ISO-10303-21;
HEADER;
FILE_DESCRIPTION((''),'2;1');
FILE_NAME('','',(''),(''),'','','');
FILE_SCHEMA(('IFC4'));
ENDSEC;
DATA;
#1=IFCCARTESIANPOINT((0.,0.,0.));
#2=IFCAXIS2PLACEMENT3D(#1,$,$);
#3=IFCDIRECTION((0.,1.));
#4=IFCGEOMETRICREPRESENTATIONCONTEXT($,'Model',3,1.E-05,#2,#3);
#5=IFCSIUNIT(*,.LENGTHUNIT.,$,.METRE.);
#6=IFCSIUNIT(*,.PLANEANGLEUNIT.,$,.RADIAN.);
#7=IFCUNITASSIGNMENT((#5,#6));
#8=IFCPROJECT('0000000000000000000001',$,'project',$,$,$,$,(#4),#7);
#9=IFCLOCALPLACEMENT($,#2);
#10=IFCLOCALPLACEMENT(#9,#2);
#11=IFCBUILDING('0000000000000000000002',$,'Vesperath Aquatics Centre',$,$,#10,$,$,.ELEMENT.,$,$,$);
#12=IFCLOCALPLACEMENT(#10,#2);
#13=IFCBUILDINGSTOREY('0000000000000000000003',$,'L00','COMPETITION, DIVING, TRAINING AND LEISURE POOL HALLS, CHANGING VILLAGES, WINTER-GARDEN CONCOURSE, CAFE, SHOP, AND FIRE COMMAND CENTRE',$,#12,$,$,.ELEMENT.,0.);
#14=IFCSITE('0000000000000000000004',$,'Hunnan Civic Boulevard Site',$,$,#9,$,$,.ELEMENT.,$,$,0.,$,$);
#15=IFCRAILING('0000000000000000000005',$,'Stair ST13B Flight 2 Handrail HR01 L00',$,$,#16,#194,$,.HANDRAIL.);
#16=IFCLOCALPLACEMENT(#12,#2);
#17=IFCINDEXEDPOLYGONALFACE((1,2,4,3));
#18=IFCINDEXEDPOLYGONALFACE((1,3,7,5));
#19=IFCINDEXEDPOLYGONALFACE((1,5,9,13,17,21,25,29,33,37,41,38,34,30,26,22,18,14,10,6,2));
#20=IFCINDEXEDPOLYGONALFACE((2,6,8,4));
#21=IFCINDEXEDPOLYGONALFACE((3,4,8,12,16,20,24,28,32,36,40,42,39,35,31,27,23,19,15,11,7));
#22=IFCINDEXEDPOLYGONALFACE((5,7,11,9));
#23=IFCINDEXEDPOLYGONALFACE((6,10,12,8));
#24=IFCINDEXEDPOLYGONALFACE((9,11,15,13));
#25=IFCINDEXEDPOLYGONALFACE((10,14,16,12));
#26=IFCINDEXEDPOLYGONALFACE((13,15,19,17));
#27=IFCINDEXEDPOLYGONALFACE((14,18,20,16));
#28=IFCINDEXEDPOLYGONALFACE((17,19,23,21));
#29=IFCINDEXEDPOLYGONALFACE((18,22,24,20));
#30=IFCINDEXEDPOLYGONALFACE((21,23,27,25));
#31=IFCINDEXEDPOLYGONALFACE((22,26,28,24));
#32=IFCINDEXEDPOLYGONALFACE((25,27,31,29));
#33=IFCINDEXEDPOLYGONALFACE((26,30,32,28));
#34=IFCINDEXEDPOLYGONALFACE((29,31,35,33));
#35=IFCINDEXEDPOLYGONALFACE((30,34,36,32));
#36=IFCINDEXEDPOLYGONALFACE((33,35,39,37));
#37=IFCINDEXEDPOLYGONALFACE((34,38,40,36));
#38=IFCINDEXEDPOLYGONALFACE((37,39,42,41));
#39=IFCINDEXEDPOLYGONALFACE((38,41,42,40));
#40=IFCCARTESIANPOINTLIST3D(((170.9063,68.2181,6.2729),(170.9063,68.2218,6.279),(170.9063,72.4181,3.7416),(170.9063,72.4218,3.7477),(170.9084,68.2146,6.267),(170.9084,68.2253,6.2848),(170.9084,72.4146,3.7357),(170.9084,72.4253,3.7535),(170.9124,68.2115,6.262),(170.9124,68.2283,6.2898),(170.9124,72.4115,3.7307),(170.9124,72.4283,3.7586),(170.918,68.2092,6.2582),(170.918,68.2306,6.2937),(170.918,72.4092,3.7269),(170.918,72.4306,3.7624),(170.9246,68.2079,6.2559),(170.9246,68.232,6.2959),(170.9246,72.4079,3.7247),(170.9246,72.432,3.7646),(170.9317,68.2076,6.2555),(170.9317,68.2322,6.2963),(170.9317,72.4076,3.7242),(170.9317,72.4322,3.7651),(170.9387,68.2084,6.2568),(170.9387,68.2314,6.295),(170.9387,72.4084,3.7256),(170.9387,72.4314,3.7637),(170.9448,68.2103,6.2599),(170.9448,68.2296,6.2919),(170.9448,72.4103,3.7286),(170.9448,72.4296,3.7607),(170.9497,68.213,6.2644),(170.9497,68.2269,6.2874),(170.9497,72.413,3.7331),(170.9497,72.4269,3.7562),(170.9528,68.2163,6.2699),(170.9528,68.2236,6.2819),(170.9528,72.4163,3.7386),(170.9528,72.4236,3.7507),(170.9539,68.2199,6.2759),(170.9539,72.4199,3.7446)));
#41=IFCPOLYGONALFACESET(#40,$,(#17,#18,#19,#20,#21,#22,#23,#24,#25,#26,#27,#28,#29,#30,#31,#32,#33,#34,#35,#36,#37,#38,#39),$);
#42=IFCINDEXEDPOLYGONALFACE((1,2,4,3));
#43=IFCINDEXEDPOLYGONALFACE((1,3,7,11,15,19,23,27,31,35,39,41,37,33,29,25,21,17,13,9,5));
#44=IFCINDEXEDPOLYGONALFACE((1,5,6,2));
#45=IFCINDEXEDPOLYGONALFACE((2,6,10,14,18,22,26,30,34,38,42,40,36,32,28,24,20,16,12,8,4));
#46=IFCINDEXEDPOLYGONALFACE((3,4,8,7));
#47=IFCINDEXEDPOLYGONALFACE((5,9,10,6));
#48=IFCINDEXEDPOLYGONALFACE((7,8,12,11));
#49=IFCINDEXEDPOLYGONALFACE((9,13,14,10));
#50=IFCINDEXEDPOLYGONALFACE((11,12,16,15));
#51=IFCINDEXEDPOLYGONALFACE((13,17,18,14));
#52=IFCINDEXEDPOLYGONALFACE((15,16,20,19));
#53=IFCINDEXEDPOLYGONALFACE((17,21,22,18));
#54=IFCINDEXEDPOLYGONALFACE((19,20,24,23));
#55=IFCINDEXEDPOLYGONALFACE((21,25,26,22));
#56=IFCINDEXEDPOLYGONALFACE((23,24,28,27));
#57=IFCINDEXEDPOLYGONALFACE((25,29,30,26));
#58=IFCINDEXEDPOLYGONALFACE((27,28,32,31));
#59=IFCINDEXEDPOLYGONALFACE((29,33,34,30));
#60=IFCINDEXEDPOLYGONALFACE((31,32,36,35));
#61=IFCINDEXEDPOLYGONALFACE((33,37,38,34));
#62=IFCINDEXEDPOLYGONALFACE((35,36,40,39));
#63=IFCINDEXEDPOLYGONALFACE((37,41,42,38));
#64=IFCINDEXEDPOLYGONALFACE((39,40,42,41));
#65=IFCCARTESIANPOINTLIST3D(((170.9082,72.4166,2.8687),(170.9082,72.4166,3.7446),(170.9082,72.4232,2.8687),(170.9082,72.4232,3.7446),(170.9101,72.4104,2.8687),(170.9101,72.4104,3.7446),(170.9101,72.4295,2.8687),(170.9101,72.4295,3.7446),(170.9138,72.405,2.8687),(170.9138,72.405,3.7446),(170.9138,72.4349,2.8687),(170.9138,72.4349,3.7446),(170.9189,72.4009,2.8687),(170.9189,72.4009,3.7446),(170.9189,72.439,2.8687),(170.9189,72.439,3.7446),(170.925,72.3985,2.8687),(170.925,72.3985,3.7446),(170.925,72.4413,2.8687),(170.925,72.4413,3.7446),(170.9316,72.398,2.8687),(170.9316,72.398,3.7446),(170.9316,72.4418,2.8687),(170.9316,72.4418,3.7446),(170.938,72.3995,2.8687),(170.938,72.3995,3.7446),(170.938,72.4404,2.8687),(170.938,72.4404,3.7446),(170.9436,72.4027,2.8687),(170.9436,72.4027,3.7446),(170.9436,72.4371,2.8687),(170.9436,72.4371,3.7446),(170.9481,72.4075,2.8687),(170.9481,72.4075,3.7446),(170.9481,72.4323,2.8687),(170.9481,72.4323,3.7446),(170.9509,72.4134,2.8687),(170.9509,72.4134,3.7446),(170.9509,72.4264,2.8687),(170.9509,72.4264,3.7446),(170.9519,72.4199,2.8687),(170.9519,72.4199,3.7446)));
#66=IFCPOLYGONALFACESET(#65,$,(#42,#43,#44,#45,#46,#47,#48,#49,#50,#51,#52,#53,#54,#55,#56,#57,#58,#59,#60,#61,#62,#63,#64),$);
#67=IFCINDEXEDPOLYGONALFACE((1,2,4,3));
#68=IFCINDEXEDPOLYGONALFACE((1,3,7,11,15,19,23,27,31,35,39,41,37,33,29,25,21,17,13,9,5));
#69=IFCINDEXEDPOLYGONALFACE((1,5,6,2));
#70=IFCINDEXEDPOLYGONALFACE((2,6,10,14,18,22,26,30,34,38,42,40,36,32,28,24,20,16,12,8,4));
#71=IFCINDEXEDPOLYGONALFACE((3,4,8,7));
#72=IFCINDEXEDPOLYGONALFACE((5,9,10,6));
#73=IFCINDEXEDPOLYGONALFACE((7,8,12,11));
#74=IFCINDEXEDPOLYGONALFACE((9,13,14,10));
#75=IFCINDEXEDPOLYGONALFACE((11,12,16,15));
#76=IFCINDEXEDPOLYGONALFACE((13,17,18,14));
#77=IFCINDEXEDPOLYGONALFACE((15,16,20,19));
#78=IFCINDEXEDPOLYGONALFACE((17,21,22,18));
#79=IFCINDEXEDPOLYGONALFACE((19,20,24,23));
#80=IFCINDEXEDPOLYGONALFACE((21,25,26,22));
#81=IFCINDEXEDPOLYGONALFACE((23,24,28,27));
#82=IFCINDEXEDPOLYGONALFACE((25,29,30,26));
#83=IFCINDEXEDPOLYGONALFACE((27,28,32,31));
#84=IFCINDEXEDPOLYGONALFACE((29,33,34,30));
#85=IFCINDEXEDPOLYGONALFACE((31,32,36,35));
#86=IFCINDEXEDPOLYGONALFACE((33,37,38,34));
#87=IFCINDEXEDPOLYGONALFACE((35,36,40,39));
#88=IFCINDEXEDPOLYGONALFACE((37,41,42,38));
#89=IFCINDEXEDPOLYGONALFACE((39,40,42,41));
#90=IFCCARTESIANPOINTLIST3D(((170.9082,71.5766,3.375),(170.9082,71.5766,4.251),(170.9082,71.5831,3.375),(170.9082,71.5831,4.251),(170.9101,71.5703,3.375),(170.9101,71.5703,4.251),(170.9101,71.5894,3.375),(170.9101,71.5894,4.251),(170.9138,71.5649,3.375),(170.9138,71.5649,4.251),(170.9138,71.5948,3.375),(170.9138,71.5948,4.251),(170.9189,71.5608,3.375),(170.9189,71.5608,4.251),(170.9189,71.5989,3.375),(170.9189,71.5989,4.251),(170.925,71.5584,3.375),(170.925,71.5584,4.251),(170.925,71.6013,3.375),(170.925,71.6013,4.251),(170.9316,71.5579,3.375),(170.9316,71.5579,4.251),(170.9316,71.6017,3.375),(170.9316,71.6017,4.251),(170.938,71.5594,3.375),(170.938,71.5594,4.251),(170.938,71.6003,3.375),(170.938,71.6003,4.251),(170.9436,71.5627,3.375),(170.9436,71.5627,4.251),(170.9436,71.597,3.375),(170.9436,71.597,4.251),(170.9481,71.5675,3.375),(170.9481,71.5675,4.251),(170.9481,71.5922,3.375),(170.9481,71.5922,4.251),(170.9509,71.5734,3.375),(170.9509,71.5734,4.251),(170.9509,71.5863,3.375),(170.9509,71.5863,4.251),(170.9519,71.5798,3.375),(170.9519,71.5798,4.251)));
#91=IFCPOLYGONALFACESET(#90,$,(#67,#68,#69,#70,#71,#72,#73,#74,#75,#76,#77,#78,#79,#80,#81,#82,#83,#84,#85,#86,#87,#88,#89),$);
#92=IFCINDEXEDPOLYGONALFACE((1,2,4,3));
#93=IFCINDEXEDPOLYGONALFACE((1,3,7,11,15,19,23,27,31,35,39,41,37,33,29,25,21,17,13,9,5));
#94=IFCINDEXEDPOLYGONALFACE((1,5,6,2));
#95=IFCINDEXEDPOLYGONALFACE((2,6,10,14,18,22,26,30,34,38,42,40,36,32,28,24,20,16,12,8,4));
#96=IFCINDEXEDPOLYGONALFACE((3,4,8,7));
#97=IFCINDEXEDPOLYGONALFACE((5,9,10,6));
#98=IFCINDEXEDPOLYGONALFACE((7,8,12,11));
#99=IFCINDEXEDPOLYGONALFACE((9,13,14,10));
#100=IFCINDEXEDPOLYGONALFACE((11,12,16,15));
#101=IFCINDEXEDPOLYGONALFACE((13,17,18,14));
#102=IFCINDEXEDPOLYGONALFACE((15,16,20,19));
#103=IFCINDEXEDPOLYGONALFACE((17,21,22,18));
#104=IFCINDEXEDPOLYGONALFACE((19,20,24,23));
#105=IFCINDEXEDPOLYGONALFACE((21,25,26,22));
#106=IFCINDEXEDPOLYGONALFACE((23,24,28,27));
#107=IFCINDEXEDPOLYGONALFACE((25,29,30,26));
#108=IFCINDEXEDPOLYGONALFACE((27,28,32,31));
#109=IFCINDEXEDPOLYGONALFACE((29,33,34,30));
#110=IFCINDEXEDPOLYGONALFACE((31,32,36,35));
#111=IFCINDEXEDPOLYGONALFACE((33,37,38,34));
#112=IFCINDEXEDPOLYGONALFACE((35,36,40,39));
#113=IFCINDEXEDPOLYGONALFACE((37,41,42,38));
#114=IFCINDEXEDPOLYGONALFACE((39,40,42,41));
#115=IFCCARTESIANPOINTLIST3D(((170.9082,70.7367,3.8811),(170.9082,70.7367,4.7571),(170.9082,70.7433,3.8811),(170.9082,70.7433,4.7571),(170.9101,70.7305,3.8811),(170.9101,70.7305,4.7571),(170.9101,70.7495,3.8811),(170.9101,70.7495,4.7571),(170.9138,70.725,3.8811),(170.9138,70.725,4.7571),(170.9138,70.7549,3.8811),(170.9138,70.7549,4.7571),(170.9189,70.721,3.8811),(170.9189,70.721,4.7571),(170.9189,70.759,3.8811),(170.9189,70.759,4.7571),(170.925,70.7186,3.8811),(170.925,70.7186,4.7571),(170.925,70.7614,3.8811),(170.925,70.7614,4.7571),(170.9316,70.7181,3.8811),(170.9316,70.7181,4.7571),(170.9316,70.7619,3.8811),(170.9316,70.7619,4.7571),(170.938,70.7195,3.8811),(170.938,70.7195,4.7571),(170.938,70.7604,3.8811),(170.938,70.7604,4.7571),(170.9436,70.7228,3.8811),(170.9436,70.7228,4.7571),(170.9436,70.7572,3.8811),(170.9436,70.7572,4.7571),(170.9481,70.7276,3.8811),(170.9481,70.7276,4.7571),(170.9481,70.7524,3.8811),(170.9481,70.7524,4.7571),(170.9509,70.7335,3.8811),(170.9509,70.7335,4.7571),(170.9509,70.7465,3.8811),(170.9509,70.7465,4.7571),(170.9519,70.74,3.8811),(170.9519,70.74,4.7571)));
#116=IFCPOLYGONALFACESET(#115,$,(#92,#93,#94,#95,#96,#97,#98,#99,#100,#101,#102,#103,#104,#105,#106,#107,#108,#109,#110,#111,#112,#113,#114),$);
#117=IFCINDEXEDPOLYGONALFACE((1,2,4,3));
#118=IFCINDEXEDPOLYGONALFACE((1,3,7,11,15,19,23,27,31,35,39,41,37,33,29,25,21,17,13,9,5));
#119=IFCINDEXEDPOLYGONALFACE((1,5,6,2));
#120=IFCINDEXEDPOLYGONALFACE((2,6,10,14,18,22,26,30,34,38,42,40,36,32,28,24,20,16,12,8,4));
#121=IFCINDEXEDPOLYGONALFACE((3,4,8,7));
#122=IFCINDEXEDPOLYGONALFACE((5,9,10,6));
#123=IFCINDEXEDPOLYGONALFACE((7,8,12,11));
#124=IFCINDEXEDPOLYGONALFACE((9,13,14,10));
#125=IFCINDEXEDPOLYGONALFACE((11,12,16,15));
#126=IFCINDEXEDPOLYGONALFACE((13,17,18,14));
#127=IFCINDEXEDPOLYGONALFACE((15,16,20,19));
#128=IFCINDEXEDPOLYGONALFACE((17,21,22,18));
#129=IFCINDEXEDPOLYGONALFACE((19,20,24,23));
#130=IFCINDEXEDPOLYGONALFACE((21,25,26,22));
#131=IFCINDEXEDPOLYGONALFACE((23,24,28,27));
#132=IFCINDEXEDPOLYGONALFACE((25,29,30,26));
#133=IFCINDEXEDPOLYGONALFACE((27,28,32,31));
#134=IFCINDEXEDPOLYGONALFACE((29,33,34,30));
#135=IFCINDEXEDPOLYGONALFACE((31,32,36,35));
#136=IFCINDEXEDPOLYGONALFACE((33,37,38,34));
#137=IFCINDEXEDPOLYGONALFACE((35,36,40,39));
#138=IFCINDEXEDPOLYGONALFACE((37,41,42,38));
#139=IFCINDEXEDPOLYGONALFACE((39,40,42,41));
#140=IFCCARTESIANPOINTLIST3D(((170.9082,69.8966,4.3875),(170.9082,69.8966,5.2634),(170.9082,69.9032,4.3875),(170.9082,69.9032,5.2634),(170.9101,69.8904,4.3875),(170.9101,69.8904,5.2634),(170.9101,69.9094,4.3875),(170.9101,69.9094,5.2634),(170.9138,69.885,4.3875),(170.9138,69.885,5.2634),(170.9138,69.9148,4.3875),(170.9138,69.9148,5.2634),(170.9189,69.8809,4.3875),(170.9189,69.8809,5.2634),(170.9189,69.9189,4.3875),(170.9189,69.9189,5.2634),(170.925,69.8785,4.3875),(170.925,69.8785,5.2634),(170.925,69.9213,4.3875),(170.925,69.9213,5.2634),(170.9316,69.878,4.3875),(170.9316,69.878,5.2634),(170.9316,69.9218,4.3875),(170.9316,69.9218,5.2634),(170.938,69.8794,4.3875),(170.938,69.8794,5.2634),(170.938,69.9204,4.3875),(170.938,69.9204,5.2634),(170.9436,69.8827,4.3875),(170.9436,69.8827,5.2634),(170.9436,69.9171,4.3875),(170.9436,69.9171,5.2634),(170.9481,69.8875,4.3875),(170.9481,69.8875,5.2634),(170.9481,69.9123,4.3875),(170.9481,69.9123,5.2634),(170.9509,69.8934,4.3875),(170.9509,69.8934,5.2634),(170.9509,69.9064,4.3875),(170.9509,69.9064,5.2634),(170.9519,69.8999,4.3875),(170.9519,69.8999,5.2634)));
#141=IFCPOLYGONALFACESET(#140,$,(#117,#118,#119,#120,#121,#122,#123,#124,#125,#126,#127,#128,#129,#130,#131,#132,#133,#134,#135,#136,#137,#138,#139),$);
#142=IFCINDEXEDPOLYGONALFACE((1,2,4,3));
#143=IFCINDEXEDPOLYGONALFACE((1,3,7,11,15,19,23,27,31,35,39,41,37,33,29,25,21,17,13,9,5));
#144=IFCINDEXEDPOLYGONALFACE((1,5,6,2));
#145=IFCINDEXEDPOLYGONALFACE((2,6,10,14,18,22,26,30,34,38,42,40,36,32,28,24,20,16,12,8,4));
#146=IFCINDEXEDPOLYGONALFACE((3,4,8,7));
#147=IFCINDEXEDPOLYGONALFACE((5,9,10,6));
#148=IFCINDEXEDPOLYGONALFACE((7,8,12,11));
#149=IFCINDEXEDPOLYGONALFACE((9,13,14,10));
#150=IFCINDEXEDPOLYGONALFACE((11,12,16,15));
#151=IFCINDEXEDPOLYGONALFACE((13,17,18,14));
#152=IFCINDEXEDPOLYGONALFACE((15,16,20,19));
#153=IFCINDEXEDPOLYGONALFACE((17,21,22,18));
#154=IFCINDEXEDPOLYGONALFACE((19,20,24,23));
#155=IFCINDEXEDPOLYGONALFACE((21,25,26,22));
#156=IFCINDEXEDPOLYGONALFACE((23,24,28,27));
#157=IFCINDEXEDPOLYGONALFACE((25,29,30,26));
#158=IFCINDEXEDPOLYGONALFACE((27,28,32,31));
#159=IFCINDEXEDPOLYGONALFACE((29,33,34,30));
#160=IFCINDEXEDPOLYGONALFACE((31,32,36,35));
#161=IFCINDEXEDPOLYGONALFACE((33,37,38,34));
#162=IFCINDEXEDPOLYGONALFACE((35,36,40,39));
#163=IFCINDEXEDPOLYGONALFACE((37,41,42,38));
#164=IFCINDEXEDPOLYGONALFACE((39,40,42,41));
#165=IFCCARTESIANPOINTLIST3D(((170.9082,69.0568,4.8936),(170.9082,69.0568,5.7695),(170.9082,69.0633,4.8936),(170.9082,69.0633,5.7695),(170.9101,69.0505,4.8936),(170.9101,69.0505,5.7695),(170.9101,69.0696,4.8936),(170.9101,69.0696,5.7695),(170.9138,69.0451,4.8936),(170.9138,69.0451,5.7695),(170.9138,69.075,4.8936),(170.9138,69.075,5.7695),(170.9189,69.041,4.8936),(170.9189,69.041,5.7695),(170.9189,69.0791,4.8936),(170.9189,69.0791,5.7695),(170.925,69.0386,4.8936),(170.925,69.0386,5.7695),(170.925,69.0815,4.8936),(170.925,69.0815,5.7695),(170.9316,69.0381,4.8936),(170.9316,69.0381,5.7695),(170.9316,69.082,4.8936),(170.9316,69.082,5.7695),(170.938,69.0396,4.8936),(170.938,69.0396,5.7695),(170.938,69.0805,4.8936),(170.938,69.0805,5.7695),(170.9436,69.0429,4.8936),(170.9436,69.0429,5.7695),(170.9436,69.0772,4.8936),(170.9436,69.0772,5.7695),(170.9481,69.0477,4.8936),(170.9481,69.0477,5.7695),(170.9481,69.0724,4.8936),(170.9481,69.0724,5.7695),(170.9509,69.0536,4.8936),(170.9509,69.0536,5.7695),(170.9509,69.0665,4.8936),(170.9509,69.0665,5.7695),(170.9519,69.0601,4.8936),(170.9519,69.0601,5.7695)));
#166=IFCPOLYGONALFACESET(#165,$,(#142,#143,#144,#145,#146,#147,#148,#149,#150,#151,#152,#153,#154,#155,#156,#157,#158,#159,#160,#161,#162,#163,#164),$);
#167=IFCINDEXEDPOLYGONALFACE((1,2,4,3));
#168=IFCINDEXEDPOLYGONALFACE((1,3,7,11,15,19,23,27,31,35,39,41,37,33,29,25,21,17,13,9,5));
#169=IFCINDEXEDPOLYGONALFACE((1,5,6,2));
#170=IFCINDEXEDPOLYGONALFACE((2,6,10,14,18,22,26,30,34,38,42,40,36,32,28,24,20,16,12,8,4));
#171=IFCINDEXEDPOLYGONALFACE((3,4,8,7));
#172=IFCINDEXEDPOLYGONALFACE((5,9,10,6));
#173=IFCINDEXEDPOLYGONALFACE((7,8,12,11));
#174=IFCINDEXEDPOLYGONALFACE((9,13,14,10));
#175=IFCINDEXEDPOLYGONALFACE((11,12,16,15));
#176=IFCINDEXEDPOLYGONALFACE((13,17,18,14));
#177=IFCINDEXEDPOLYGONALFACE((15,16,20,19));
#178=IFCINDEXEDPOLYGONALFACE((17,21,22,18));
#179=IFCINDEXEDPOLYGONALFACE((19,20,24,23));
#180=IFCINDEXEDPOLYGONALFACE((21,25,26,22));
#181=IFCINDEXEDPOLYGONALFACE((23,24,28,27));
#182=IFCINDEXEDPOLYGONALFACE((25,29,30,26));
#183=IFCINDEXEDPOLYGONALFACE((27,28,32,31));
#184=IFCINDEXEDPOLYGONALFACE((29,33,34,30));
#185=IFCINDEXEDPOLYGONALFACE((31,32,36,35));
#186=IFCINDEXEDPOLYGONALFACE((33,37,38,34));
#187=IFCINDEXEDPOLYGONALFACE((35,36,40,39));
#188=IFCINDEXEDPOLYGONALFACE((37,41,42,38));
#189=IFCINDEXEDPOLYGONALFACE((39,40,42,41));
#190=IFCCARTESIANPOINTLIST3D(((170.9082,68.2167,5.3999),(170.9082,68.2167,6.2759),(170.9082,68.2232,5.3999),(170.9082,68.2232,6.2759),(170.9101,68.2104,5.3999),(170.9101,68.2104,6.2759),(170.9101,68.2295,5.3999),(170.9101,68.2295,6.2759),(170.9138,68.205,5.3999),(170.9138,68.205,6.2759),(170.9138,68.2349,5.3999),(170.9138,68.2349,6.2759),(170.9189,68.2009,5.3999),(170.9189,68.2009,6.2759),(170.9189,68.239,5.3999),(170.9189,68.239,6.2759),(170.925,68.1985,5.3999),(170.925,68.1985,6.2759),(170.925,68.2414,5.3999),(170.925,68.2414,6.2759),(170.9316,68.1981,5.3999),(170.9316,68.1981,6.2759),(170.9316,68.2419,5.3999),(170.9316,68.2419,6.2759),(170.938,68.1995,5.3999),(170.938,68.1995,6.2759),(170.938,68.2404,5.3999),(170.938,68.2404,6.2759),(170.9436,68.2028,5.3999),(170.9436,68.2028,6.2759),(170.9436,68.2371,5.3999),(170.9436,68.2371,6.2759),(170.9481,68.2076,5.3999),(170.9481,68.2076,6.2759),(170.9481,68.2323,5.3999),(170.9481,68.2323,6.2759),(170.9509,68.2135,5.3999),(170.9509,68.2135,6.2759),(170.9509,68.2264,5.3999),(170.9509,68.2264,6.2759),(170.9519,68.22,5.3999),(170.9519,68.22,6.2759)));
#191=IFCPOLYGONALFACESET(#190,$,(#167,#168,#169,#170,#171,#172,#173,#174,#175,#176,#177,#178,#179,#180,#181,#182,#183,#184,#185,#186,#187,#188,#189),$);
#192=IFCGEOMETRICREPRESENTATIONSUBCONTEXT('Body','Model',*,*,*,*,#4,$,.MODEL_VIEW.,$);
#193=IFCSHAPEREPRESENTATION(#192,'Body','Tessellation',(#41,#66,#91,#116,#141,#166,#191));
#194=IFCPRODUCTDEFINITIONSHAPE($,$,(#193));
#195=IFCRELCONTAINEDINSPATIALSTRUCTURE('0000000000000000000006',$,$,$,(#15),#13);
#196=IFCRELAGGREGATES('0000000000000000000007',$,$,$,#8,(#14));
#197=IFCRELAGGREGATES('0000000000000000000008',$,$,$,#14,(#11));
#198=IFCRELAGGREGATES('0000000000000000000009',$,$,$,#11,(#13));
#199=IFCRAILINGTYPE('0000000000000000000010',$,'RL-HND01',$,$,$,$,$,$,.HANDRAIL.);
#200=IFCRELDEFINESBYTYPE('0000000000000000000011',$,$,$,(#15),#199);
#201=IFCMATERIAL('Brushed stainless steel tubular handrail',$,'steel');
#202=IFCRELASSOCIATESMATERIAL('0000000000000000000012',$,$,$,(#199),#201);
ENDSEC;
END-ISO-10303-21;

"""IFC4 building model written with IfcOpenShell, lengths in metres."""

from ifc_helpers import new_model, si_unit, direction, frame, origin, origin_2d, place, context, subcontext, project, spatial, circle, extrude, material, type_object, element, save


model = new_model("IFC4")

# Units and contexts
model_context = context("Model", 3, precision=1e-05, world=origin(), true_north=direction((0.0, 1.0)))
body_context = subcontext(model_context, "Body", "Model", "MODEL_VIEW")
ifc_project = project(units=[si_unit("LENGTHUNIT", "METRE"), si_unit("PLANEANGLEUNIT", "RADIAN")], contexts=[model_context])

# Site, building, storey
site_placement = place(None, origin())
site = spatial("IfcSite", under=ifc_project, at=site_placement, Name="Hunnan Civic Boulevard Site", CompositionType="ELEMENT", RefElevation=0.0)
building_placement = place(site_placement, origin())
building = spatial("IfcBuilding", under=site, at=building_placement, Name="Vesperath Aquatics Centre", CompositionType="ELEMENT")
storey_placement = place(building_placement, origin())
storey = spatial("IfcBuildingStorey", under=building, at=storey_placement, Name="L00", Description="COMPETITION, DIVING, TRAINING AND LEISURE POOL HALLS, CHANGING VILLAGES, WINTER-GARDEN CONCOURSE, CAFE, SHOP, AND FIRE COMMAND CENTRE", CompositionType="ELEMENT", Elevation=0.0)

# Railing
ifc_material_1 = material(Name="Brushed stainless steel tubular handrail", Category="steel")
railing_type_1 = type_object("IfcRailingType", Name="RL-HND01", PredefinedType="HANDRAIL", material=ifc_material_1)
railing_1_placement = place(storey_placement, frame((170.9299, 72.4199, 2.8687)))
element("IfcRailing", 1, at=railing_1_placement, inside=storey, type_object=railing_type_1, Name="Stair ST13B Flight 2 Handrail HR01 L00", PredefinedType="HANDRAIL", context=body_context, shape_type="SweptSolid", body=[
    extrude(circle(Radius=0.0239, at=origin_2d()), frame((0.0, 0.0, 0.876), z_axis=(0.0, -0.856476, 0.516186), x_axis=(1.0, 0.0, 0.0)), (0.0, 0.0, 1.0), 4.9038),
    extrude(circle(Radius=0.022, at=origin_2d()), origin(), (0.0, 0.0, 1.0), 0.876),
    extrude(circle(Radius=0.022, at=origin_2d()), frame((0.0, -0.8401, 0.5063)), (0.0, 0.0, 1.0), 0.876),
    extrude(circle(Radius=0.022, at=origin_2d()), frame((0.0, -1.6799, 1.0125)), (0.0, 0.0, 1.0), 0.876),
    extrude(circle(Radius=0.022, at=origin_2d()), frame((0.0, -2.52, 1.5188)), (0.0, 0.0, 1.0), 0.876),
    extrude(circle(Radius=0.022, at=origin_2d()), frame((0.0, -3.3599, 2.0249)), (0.0, 0.0, 1.0), 0.876),
    extrude(circle(Radius=0.022, at=origin_2d()), frame((0.0, -4.2, 2.5312)), (0.0, 0.0, 1.0), 0.876),
])

save(model, "model.ifc")
